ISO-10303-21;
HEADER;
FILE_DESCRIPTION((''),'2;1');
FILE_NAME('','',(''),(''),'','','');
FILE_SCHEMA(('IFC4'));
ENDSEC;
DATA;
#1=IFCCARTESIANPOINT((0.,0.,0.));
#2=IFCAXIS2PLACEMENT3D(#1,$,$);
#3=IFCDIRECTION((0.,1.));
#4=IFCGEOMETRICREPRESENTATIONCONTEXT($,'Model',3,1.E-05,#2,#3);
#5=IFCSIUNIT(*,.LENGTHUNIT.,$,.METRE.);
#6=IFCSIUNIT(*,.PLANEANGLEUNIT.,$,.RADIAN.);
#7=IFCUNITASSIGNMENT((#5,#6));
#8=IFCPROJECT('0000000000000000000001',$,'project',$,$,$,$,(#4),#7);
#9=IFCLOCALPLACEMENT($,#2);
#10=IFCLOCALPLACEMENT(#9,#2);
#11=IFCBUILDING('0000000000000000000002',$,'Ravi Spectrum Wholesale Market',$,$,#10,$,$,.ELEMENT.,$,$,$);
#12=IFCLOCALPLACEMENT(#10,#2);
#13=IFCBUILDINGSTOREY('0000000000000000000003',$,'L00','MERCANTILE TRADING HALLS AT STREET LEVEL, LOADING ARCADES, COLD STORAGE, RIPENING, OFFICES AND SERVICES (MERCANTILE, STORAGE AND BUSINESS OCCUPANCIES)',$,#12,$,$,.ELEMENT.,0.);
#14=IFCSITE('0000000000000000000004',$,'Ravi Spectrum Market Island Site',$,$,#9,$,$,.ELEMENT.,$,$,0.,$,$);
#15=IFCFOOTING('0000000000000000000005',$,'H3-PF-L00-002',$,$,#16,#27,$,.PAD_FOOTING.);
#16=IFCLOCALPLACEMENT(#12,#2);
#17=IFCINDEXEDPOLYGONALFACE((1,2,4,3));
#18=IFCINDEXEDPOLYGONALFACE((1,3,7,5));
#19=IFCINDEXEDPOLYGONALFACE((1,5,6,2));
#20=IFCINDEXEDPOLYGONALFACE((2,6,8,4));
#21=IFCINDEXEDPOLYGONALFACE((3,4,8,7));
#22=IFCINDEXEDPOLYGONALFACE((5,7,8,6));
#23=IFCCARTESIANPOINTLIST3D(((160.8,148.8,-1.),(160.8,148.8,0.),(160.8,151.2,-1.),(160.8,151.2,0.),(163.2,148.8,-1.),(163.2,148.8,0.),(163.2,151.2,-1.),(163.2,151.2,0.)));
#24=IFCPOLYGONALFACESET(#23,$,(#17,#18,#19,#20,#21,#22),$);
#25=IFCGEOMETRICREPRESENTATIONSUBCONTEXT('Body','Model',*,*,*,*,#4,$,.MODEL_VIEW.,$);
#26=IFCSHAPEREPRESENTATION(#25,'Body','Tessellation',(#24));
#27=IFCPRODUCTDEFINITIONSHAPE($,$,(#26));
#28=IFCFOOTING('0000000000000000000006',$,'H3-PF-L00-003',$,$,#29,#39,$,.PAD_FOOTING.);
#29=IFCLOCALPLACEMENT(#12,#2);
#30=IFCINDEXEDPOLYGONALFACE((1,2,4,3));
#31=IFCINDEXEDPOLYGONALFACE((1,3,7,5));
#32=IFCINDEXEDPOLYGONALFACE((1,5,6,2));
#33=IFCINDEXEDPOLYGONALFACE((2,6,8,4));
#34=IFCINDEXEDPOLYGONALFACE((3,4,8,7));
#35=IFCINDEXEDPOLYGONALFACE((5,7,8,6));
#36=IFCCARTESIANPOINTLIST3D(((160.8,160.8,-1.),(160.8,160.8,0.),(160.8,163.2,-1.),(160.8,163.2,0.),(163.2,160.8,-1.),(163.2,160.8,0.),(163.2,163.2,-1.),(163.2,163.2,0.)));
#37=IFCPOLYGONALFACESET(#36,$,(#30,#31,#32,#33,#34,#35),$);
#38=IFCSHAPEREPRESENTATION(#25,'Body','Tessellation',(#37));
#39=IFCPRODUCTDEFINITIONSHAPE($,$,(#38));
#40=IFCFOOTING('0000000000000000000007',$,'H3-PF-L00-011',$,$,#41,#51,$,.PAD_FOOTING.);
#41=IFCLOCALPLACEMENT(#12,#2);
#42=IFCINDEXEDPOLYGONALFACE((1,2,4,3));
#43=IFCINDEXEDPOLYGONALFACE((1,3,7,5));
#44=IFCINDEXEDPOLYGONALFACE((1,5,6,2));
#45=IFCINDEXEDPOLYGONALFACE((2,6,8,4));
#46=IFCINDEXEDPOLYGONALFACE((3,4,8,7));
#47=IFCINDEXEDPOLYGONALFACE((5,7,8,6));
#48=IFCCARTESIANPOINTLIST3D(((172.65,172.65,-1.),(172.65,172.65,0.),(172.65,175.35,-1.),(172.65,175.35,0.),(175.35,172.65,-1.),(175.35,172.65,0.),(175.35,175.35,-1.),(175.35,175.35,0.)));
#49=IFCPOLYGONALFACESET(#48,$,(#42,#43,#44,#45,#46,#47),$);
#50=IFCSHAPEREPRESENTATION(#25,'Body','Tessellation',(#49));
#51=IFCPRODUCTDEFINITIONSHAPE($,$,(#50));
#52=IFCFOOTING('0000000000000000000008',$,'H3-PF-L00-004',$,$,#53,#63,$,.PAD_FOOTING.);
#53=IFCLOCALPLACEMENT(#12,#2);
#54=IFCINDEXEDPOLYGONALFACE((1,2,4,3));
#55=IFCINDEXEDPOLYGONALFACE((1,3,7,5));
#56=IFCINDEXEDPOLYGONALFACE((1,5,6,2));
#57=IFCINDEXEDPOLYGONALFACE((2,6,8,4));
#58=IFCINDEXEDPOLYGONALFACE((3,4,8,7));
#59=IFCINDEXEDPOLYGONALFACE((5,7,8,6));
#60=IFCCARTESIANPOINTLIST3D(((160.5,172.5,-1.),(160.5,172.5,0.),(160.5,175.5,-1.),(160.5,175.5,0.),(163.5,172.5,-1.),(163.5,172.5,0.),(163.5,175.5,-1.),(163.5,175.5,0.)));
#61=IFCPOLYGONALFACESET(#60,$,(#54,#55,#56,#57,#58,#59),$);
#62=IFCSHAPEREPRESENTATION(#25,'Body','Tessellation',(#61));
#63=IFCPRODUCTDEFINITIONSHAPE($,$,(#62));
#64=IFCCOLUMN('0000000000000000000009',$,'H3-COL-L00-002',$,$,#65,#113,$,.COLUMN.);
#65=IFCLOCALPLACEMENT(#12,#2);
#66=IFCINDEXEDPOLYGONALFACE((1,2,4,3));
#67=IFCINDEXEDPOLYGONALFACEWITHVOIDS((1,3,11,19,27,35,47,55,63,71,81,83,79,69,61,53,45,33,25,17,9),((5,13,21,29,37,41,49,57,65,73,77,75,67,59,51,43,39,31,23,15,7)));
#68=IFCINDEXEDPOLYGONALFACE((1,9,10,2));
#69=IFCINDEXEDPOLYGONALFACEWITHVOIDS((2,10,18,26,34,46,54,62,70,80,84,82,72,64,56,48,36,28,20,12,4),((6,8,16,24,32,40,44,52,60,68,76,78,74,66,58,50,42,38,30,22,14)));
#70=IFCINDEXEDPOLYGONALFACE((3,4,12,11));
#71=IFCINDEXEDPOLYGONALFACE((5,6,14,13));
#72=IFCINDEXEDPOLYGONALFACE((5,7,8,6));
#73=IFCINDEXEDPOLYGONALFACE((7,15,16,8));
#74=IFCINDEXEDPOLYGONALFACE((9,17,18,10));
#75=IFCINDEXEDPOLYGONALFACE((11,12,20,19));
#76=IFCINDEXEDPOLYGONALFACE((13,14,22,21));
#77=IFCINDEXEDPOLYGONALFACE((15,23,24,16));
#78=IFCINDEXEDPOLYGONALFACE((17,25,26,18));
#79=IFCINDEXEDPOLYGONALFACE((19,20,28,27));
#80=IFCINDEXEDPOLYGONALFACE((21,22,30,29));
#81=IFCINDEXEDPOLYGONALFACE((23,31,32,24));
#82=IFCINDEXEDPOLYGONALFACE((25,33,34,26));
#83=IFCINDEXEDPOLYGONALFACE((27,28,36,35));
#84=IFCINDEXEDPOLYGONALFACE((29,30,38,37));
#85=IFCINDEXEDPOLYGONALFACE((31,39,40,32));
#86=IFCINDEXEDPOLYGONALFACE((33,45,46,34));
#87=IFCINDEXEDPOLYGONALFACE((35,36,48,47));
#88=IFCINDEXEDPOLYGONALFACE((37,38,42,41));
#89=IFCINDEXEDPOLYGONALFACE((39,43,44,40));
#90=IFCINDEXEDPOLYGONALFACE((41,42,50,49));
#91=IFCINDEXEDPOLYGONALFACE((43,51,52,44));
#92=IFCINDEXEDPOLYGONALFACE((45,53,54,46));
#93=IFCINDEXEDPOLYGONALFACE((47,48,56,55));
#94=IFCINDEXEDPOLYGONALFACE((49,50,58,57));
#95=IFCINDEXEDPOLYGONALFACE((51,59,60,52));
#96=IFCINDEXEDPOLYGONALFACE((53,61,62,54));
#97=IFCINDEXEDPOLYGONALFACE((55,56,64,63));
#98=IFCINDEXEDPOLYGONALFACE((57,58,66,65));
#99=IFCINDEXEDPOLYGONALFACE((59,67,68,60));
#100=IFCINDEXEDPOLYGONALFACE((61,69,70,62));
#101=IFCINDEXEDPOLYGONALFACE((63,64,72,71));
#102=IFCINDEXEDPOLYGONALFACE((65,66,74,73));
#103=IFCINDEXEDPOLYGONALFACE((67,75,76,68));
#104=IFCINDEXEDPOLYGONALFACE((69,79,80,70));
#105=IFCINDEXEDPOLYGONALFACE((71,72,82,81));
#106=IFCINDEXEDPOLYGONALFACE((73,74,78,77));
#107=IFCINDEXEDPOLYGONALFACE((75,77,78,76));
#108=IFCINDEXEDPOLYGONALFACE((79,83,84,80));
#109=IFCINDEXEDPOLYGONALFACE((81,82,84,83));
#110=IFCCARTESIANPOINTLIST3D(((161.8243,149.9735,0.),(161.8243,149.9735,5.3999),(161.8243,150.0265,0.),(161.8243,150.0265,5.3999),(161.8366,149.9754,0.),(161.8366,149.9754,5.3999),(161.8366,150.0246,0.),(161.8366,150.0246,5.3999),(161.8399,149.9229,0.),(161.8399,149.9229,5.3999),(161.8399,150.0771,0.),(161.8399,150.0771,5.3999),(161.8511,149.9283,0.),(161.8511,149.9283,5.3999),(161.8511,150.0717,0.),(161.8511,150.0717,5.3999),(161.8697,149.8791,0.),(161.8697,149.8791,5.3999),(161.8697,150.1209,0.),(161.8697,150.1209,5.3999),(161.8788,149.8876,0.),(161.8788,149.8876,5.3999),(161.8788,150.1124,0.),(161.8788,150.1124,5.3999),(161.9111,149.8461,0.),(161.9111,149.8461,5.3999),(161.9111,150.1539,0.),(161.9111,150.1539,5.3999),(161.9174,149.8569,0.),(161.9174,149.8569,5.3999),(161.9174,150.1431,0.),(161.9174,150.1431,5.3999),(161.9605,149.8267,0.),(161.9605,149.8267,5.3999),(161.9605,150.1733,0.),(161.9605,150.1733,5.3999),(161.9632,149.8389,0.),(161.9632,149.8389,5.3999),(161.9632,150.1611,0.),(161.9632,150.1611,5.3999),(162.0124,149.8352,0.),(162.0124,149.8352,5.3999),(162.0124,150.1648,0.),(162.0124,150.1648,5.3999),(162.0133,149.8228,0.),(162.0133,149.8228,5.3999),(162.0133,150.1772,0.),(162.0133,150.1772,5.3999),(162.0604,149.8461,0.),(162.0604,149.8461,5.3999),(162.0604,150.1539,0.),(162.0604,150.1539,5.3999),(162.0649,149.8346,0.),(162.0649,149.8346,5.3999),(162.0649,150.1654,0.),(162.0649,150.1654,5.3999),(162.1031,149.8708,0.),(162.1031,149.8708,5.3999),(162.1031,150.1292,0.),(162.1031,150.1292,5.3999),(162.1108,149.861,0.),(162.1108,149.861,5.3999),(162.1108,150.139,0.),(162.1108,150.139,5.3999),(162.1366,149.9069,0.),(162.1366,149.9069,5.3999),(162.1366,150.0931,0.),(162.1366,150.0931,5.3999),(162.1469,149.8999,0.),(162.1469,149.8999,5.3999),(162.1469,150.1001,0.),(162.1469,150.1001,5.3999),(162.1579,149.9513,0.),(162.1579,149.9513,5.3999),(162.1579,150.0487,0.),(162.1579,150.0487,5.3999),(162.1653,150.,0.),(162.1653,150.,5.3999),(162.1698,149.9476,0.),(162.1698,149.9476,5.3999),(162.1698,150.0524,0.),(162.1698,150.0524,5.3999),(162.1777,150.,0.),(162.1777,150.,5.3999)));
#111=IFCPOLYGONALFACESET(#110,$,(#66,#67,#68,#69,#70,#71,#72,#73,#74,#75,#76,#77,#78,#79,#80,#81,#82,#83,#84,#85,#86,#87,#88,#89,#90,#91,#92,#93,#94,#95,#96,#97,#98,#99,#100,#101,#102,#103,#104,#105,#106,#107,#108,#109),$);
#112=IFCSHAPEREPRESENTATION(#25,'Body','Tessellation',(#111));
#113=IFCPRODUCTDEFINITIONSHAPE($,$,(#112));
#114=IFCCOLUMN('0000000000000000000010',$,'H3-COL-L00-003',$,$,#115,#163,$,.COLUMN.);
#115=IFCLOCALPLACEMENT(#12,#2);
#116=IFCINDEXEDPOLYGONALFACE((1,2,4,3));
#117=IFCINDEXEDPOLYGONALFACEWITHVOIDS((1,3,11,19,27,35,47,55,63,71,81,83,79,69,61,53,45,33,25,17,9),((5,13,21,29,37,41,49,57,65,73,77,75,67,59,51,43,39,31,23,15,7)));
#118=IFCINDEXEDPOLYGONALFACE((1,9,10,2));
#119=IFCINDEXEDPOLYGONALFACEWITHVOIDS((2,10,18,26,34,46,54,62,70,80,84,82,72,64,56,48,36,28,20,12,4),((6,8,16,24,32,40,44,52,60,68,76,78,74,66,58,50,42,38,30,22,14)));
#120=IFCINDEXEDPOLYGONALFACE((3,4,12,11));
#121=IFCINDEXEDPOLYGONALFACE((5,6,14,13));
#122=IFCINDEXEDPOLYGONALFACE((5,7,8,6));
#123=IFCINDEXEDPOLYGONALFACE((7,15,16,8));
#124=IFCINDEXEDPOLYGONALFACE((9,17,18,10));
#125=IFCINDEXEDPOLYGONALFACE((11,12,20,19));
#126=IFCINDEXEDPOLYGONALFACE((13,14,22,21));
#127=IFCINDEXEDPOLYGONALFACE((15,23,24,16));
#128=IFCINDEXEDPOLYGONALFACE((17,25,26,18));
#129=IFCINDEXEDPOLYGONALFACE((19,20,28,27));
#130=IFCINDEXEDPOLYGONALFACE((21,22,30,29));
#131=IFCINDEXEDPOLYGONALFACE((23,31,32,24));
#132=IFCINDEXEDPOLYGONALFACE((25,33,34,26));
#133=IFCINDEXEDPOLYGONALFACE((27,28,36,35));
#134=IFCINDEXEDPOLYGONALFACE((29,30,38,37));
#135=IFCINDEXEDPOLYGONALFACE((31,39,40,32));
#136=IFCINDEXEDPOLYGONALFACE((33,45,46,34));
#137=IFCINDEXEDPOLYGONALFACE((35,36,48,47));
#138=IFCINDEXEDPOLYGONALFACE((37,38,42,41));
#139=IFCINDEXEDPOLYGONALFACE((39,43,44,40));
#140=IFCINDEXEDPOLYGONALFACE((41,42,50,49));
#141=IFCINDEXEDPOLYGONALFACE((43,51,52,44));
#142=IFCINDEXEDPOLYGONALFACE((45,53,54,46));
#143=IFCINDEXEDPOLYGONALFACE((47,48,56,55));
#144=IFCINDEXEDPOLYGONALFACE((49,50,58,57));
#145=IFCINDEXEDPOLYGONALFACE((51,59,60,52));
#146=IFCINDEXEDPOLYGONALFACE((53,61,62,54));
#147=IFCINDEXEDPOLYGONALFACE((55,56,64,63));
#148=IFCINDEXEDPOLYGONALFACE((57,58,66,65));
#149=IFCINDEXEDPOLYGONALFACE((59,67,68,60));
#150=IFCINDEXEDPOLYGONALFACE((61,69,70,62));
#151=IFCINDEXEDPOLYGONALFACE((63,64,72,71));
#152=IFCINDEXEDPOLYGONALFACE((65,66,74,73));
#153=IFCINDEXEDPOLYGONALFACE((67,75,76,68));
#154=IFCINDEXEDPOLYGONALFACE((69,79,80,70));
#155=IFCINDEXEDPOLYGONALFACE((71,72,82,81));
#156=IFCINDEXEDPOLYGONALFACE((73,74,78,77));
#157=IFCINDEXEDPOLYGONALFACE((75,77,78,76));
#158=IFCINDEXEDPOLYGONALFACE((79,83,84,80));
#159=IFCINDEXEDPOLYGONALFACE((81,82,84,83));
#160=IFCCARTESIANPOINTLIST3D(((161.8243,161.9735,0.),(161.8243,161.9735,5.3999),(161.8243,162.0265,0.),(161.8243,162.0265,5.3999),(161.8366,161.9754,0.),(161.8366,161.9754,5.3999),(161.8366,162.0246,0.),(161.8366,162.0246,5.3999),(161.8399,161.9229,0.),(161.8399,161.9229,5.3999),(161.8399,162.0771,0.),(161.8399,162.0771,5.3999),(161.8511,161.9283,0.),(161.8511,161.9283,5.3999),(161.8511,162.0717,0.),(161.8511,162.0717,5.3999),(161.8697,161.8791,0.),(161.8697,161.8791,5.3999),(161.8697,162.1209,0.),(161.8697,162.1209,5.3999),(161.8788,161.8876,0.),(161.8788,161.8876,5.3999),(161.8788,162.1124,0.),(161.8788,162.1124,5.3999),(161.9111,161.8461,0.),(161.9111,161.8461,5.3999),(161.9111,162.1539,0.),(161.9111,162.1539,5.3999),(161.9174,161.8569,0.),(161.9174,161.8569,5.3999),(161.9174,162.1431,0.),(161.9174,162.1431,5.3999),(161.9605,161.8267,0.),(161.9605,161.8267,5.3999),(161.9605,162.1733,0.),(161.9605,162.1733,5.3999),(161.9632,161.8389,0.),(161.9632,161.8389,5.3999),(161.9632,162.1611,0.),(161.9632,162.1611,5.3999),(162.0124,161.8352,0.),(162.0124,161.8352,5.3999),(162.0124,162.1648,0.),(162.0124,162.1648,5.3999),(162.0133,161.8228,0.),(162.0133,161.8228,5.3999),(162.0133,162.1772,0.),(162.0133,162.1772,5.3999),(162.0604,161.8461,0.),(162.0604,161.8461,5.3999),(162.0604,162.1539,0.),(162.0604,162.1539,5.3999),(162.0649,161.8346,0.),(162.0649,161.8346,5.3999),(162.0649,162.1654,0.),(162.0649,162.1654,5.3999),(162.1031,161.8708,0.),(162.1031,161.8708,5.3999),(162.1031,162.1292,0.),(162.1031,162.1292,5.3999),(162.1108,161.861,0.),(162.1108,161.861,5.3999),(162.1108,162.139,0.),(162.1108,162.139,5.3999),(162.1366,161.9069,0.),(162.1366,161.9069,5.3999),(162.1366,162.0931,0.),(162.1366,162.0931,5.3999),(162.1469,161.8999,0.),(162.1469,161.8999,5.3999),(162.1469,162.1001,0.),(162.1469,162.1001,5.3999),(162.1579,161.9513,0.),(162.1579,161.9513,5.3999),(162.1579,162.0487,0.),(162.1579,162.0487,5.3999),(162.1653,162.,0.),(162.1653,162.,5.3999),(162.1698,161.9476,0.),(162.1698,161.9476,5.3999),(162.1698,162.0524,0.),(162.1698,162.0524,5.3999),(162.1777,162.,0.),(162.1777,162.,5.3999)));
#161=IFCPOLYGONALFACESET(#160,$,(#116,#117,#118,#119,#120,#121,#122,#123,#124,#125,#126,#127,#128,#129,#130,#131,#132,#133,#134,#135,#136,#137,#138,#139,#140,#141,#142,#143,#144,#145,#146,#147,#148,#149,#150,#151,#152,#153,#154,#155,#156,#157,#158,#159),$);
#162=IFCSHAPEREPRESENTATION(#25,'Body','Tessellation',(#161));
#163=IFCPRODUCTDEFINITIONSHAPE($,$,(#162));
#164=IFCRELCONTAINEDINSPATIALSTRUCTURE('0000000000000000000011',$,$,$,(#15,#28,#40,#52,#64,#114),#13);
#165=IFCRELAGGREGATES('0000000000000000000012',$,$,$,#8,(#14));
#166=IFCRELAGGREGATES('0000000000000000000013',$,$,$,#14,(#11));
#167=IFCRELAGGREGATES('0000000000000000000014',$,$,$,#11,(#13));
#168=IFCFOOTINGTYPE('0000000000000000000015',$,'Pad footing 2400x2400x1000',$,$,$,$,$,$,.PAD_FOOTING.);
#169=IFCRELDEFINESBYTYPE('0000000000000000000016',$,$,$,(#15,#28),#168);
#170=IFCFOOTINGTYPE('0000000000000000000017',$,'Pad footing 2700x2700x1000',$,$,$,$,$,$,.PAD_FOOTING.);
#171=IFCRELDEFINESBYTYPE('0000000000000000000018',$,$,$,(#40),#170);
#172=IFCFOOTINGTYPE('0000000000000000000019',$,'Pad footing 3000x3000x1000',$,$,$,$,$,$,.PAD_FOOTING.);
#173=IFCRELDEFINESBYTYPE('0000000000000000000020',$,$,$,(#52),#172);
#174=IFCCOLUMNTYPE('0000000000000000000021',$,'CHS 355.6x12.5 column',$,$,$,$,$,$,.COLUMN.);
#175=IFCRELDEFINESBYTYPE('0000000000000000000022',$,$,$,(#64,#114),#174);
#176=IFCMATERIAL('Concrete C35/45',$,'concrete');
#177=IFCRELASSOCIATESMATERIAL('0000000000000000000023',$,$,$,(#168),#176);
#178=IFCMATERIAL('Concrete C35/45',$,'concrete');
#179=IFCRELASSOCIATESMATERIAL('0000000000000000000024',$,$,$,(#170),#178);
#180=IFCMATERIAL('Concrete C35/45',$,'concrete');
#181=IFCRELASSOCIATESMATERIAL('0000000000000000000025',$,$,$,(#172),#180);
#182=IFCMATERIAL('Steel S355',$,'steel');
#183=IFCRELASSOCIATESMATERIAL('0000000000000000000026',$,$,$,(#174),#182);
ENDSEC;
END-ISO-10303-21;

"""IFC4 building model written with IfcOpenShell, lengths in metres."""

from ifc_helpers import new_model, si_unit, direction, frame, origin, origin_2d, place, context, subcontext, project, spatial, rectangle, hollow_circle, extrude, material, material_profile, profile_set, type_object, element, save


model = new_model("IFC4")

# Units and contexts
model_context = context("Model", 3, precision=1e-05, world=origin(), true_north=direction((0.0, 1.0)))
body_context = subcontext(model_context, "Body", "Model", "MODEL_VIEW")
ifc_project = project(units=[si_unit("LENGTHUNIT", "METRE"), si_unit("PLANEANGLEUNIT", "RADIAN")], contexts=[model_context])

# Site, building, storey
site_placement = place(None, origin())
site = spatial("IfcSite", under=ifc_project, at=site_placement, Name="Ravi Spectrum Market Island Site", CompositionType="ELEMENT", RefElevation=0.0)
building_placement = place(site_placement, origin())
building = spatial("IfcBuilding", under=site, at=building_placement, Name="Ravi Spectrum Wholesale Market", CompositionType="ELEMENT")
storey_placement = place(building_placement, origin())
storey = spatial("IfcBuildingStorey", under=building, at=storey_placement, Name="L00", Description="MERCANTILE TRADING HALLS AT STREET LEVEL, LOADING ARCADES, COLD STORAGE, RIPENING, OFFICES AND SERVICES (MERCANTILE, STORAGE AND BUSINESS OCCUPANCIES)", CompositionType="ELEMENT", Elevation=0.0)

# Footings
ifc_material_1 = material(Name="Concrete C35/45", Category="concrete")
footing_type_1 = type_object("IfcFootingType", Name="Pad footing 2400x2400x1000", PredefinedType="PAD_FOOTING", material=ifc_material_1)
for number, where, z_axis, x_axis, name in (
    (1, (162.0, 150.0, -1.0), (0.0, 0.0, 1.0), (1.0, 0.0, 0.0), "H3-PF-L00-002"),
    (2, (162.0, 162.0, -1.0), (0.0, 0.0, 1.0), (1.0, 0.0, 0.0), "H3-PF-L00-003"),
):
    element("IfcFooting", number, at=place(storey_placement, frame(where, z_axis=z_axis, x_axis=x_axis)), inside=storey, type_object=footing_type_1, Name=name, PredefinedType="PAD_FOOTING", context=body_context, shape_type="SweptSolid", body=[
        extrude(rectangle(XDim=2.3999, YDim=2.3999, at=origin_2d()), origin(), (0.0, 0.0, 1.0), 1.0),
    ])
ifc_material_2 = material(Name="Concrete C35/45", Category="concrete")
footing_type_2 = type_object("IfcFootingType", Name="Pad footing 2700x2700x1000", PredefinedType="PAD_FOOTING", material=ifc_material_2)
footing_1_placement = place(storey_placement, frame((174.0, 174.0, -1.0), z_axis=(0.0, 0.0, 1.0), x_axis=(1.0, 0.0, 0.0)))
element("IfcFooting", 3, at=footing_1_placement, inside=storey, type_object=footing_type_2, Name="H3-PF-L00-011", PredefinedType="PAD_FOOTING", context=body_context, shape_type="SweptSolid", body=[
    extrude(rectangle(XDim=2.7, YDim=2.7, at=origin_2d()), origin(), (0.0, 0.0, 1.0), 1.0),
])
ifc_material_3 = material(Name="Concrete C35/45", Category="concrete")
footing_type_3 = type_object("IfcFootingType", Name="Pad footing 3000x3000x1000", PredefinedType="PAD_FOOTING", material=ifc_material_3)
footing_2_placement = place(storey_placement, frame((162.0, 174.0, -1.0), z_axis=(0.0, 0.0, 1.0), x_axis=(1.0, 0.0, 0.0)))
element("IfcFooting", 4, at=footing_2_placement, inside=storey, type_object=footing_type_3, Name="H3-PF-L00-004", PredefinedType="PAD_FOOTING", context=body_context, shape_type="SweptSolid", body=[
    extrude(rectangle(XDim=3.0, YDim=3.0, at=origin_2d()), origin(), (0.0, 0.0, 1.0), 1.0),
])

# Columns
ifc_material_4 = material(Name="Steel S355", Category="steel")
ifc_material_profile_1 = material_profile(ifc_material_4, hollow_circle(Radius=0.1777, WallThickness=0.0125, at=origin_2d()))
ifc_profile_set_1 = profile_set([ifc_material_profile_1], Name="Steel S355")
column_type_1 = type_object("IfcColumnType", Name="CHS 355.6x12.5 column", PredefinedType="COLUMN", material=ifc_profile_set_1)
for number, where, z_axis, x_axis, name in (
    (5, (162.0, 150.0, 0.0), (0.0, 0.0, 1.0), (1.0, 0.0, 0.0), "H3-COL-L00-002"),
    (6, (162.0, 162.0, 0.0), (0.0, 0.0, 1.0), (1.0, 0.0, 0.0), "H3-COL-L00-003"),
):
    element("IfcColumn", number, at=place(storey_placement, frame(where, z_axis=z_axis, x_axis=x_axis)), inside=storey, type_object=column_type_1, Name=name, PredefinedType="COLUMN", context=body_context, shape_type="SweptSolid", body=[
        extrude(hollow_circle(Radius=0.1777, WallThickness=0.0125, at=origin_2d()), origin(), (0.0, 0.0, 1.0), 5.3999),
    ])

save(model, "model.ifc")
